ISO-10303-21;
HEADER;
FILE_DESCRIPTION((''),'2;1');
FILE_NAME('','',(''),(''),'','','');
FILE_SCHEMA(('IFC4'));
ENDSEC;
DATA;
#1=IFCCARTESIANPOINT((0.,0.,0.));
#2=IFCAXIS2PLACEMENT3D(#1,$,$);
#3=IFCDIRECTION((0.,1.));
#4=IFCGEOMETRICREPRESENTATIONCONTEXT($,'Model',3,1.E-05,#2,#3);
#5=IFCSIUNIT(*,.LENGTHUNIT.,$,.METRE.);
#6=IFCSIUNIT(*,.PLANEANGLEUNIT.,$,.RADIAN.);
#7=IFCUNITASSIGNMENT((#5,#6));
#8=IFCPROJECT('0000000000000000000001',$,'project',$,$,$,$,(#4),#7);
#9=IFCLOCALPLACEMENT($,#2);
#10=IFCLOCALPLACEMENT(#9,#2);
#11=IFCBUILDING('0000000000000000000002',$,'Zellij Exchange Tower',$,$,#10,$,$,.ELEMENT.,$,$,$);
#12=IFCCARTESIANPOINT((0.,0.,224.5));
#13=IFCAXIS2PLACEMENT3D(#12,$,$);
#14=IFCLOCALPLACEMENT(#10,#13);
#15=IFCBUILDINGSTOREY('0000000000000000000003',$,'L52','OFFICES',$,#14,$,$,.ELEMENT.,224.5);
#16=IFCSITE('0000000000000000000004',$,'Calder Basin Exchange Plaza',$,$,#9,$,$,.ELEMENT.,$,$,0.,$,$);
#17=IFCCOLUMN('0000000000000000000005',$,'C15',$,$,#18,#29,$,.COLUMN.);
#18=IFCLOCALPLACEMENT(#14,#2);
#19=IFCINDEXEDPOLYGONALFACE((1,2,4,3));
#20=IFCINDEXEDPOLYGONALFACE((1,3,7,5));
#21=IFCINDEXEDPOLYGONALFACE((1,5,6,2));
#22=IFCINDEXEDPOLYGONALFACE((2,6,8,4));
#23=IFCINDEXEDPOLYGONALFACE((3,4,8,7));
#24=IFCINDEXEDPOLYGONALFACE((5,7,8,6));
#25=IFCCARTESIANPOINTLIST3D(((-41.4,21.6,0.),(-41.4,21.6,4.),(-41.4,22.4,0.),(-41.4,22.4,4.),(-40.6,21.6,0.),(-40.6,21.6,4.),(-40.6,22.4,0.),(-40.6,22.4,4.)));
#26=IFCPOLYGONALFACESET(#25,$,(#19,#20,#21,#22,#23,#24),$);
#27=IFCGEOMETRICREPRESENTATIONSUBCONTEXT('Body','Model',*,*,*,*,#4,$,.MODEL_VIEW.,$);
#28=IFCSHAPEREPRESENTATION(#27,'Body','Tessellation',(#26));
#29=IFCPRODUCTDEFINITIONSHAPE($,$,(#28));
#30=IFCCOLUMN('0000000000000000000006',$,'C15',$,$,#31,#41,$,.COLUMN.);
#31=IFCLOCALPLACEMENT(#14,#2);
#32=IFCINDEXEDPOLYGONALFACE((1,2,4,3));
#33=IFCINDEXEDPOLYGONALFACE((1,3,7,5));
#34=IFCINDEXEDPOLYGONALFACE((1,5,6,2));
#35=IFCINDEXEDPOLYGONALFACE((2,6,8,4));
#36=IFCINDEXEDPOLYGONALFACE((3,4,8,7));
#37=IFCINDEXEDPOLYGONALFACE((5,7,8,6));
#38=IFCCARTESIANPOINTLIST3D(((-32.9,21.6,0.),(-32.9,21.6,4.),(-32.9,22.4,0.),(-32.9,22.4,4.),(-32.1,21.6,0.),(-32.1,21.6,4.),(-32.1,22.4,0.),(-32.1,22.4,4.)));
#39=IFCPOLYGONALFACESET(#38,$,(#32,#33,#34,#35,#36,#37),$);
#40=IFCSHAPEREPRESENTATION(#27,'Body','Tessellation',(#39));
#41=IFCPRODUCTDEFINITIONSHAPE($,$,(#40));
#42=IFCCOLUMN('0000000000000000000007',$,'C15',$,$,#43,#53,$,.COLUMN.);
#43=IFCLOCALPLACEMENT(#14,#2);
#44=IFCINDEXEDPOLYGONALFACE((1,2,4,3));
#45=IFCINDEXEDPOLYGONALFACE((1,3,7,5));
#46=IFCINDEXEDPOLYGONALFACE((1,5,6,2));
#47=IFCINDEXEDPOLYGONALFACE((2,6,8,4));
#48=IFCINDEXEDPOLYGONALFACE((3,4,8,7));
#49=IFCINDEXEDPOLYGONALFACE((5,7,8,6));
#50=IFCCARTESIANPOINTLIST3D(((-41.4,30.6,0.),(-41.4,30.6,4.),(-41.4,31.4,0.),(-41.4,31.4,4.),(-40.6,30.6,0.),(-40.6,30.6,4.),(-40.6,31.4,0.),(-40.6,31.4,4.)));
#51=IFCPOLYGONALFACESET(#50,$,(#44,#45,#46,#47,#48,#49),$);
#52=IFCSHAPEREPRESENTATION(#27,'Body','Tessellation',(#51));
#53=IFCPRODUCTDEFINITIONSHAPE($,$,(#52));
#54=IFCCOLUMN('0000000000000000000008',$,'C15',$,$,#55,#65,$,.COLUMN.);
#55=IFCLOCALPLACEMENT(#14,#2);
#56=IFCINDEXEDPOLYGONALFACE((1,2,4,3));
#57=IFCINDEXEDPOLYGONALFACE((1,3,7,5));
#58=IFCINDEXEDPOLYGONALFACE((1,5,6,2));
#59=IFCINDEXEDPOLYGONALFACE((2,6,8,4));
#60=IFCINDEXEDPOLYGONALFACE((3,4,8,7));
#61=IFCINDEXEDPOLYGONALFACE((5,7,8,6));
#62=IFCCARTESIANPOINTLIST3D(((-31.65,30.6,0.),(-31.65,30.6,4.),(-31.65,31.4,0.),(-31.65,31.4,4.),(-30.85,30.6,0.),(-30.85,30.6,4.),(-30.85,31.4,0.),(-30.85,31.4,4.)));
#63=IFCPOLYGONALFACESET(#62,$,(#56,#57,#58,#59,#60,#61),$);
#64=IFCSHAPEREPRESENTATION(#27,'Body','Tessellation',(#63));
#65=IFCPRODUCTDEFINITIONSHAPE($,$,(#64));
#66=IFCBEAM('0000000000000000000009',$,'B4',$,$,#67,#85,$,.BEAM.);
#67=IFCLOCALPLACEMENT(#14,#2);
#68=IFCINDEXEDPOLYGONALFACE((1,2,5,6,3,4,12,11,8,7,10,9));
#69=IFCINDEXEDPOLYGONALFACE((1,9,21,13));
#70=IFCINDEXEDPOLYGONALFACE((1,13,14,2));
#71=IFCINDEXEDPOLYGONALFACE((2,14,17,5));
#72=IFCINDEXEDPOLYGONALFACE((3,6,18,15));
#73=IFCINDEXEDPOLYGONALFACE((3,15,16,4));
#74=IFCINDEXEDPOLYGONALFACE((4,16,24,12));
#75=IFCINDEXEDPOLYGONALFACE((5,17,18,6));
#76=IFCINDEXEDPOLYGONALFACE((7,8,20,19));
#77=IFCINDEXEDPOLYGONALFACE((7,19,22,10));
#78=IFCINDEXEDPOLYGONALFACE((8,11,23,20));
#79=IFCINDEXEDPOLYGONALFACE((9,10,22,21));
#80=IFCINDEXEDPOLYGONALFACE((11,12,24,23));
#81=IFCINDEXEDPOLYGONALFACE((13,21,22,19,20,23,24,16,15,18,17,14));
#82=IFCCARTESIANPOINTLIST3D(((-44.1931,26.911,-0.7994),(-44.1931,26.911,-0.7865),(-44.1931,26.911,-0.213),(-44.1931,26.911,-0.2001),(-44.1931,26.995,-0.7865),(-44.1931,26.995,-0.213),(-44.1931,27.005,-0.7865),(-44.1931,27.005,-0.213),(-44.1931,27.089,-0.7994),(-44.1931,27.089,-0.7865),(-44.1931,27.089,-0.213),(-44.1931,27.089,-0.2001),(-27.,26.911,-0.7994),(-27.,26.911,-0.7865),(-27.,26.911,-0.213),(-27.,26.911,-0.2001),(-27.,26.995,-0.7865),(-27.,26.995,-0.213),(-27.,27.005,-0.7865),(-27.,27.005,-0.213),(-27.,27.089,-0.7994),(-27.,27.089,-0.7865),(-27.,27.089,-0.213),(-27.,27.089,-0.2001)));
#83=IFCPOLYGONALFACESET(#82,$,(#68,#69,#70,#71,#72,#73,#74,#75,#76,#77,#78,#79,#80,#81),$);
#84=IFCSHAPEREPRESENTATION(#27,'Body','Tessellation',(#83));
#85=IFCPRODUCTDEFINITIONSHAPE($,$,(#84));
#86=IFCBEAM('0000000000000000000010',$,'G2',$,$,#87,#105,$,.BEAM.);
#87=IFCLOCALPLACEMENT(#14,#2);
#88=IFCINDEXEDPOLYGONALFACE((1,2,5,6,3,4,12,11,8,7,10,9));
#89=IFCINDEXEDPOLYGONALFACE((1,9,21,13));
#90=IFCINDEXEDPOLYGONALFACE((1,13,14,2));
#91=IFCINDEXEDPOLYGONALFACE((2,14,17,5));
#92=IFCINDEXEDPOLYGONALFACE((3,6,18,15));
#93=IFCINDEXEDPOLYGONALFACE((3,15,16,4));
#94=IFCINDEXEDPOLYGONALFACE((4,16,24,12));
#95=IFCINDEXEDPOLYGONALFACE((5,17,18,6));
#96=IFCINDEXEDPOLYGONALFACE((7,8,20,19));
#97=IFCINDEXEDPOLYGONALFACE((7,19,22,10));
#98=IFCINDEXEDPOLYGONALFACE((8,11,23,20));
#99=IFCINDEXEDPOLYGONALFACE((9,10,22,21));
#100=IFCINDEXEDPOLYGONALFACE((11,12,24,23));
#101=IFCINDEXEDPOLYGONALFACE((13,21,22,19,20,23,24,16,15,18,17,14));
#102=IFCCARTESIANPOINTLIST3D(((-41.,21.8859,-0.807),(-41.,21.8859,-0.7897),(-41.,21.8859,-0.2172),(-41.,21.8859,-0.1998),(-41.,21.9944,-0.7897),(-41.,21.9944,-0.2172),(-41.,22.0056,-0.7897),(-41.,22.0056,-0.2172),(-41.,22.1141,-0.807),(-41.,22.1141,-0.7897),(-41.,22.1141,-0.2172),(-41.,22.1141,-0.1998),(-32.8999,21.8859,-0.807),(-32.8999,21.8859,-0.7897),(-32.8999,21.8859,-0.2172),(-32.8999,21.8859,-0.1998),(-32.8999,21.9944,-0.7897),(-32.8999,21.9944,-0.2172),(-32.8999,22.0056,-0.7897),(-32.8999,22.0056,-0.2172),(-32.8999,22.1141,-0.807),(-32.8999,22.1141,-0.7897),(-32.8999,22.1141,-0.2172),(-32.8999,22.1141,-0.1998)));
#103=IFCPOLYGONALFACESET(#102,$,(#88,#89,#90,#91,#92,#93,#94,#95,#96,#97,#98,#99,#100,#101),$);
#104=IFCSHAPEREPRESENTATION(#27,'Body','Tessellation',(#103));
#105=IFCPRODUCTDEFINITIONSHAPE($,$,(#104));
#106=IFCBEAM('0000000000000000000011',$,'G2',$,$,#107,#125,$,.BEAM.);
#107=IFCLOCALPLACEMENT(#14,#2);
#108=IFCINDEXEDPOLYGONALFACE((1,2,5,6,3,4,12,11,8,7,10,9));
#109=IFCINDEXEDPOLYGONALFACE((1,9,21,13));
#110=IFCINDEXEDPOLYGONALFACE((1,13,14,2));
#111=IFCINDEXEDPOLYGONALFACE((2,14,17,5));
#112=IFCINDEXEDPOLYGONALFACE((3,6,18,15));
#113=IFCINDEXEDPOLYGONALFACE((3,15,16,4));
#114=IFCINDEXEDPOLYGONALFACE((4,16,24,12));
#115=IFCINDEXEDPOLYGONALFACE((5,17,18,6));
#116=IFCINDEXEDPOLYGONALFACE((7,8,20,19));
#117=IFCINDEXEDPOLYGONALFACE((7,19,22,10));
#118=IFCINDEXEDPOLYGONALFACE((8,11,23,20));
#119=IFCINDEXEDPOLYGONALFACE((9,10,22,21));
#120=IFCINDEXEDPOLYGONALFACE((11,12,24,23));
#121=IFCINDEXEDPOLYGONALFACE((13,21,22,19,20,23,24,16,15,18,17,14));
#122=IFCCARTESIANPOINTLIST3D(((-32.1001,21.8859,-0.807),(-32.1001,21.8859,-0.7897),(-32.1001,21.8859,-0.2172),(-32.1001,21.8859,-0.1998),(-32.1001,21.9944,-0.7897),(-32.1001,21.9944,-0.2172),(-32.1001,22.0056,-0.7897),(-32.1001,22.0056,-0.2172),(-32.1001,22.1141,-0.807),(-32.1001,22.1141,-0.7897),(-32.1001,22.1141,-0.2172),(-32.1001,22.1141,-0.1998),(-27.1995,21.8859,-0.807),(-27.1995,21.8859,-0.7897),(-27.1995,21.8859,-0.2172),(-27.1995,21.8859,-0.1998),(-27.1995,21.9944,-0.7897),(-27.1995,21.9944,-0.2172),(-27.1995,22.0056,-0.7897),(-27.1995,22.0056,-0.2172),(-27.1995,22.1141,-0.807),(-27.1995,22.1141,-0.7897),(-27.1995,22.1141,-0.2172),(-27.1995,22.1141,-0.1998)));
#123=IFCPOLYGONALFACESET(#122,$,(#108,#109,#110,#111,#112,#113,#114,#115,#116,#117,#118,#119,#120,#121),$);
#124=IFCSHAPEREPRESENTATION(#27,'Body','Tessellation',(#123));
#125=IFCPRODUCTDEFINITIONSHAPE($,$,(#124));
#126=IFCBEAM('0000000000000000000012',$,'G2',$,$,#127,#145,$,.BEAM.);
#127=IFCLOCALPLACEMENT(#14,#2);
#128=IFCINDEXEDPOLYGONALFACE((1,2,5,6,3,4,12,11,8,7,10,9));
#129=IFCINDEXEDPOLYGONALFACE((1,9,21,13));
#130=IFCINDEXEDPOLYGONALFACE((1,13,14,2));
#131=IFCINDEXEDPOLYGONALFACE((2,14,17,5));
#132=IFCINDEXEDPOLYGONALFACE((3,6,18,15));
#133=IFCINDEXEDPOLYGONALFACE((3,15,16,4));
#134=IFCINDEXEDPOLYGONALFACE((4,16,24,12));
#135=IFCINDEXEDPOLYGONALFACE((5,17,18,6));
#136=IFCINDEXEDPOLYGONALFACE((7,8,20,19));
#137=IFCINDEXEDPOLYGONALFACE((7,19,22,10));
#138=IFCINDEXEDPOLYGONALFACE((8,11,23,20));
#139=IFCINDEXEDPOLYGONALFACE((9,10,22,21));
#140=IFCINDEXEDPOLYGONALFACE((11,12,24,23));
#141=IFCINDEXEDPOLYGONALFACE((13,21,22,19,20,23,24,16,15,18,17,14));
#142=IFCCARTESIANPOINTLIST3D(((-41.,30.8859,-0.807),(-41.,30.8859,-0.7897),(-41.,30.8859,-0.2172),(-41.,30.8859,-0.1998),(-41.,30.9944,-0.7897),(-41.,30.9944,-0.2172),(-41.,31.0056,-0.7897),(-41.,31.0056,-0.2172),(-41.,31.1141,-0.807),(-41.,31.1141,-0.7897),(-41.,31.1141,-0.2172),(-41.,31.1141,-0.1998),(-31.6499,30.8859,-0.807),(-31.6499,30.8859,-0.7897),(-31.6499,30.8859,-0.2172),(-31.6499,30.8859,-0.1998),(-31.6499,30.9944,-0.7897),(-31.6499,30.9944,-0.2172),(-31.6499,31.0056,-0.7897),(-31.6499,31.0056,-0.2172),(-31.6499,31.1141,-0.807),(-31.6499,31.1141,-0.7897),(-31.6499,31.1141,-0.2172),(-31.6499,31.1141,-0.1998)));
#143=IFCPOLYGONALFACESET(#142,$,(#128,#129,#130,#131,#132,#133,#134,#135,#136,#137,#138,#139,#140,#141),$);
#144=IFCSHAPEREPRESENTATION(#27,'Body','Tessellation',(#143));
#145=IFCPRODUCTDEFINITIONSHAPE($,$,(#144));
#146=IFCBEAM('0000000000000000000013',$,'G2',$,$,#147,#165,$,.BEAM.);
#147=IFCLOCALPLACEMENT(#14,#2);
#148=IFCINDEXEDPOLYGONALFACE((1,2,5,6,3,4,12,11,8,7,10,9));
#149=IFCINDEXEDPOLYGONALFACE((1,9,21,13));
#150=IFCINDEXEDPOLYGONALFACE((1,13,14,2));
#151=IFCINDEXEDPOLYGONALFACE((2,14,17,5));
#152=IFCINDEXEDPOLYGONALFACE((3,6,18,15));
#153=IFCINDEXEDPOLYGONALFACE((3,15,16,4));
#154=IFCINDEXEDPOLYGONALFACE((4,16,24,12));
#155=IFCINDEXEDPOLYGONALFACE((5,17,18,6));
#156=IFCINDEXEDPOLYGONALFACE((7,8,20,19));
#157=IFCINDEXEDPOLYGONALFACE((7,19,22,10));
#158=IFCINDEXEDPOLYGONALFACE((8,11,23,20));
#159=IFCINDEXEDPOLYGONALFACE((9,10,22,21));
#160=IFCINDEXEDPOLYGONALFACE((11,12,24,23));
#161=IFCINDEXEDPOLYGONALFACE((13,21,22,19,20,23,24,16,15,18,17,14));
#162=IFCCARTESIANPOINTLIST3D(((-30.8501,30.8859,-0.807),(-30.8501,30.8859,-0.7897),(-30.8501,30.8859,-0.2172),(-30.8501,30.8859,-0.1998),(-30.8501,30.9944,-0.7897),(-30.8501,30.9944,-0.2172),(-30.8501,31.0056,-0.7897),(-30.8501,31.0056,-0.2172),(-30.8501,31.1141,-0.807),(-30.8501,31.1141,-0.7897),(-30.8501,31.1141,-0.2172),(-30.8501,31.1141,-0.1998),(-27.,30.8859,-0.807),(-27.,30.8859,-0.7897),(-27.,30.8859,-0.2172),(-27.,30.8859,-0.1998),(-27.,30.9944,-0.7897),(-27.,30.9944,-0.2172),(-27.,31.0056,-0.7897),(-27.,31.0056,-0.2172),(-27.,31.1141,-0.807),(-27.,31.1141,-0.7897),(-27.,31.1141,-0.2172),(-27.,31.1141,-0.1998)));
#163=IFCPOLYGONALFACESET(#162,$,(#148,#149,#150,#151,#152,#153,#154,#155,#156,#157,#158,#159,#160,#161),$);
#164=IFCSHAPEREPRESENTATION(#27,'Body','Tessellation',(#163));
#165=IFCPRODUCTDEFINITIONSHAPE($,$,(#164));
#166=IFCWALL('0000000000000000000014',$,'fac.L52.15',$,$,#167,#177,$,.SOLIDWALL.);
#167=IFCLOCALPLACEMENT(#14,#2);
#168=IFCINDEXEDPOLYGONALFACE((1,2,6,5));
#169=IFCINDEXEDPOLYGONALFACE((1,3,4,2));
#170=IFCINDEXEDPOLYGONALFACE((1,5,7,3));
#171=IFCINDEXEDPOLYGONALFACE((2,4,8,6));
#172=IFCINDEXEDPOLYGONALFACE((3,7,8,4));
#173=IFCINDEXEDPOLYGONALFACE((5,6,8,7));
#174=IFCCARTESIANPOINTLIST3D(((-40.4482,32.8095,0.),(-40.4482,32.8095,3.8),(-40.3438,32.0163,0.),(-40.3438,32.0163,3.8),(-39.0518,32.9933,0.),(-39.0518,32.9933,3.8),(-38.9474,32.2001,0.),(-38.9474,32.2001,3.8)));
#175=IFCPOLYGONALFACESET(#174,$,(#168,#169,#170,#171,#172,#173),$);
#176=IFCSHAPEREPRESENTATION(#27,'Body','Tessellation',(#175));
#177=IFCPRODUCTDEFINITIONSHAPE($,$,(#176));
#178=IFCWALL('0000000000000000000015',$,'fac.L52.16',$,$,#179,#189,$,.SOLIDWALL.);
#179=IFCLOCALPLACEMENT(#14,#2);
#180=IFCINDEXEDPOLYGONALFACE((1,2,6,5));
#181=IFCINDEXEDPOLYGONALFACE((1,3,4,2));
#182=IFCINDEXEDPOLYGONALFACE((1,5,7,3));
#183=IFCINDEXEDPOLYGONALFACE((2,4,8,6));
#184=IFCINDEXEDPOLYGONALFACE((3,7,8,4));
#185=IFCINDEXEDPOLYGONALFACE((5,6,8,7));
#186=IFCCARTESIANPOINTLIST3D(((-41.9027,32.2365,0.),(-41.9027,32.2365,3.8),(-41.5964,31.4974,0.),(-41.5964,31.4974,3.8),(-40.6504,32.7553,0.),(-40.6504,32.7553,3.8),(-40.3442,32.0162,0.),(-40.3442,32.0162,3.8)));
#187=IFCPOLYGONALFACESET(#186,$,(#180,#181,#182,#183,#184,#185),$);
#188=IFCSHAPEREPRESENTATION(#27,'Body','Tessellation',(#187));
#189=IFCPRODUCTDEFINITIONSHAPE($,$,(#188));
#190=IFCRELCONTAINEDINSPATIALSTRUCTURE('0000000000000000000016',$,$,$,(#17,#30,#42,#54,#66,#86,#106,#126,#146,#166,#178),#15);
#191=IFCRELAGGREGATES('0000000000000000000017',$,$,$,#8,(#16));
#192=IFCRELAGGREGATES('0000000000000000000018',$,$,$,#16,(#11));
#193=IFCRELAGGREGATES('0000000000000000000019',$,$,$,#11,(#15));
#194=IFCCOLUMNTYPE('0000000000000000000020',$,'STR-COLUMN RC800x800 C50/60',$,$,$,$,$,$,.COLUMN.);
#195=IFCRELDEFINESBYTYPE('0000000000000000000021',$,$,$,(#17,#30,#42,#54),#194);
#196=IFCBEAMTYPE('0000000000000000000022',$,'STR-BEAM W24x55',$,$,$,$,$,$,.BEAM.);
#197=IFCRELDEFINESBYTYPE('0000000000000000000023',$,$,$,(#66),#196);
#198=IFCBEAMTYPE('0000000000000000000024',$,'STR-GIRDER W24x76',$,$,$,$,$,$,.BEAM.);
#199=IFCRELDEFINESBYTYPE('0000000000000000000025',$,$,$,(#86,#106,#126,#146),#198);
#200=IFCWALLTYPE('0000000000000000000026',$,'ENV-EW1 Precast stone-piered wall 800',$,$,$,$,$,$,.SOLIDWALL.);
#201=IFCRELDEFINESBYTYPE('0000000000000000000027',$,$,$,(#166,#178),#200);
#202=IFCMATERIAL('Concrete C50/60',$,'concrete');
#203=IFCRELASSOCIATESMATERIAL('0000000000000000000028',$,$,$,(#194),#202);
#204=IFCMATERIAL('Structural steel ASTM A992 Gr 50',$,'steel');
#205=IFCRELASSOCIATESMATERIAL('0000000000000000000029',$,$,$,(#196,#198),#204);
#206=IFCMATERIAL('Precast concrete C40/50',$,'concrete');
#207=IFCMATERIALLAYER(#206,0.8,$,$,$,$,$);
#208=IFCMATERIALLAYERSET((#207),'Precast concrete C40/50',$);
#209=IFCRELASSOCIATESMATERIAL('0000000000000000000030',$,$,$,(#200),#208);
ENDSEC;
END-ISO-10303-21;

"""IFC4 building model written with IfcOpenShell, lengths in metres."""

from ifc_helpers import new_model, si_unit, direction, frame, frame_2d, origin, origin_2d, place, context, subcontext, project, spatial, rectangle, i_section, extrude, material, layer, layer_set, material_profile, profile_set, type_object, element, save


model = new_model("IFC4")

# Units and contexts
model_context = context("Model", 3, precision=1e-05, world=origin(), true_north=direction((0.0, 1.0)))
body_context = subcontext(model_context, "Body", "Model", "MODEL_VIEW")
ifc_project = project(units=[si_unit("LENGTHUNIT", "METRE"), si_unit("PLANEANGLEUNIT", "RADIAN")], contexts=[model_context])

# Site, building, storey
site_placement = place(None, origin())
site = spatial("IfcSite", under=ifc_project, at=site_placement, Name="Calder Basin Exchange Plaza", CompositionType="ELEMENT", RefElevation=0.0)
building_placement = place(site_placement, origin())
building = spatial("IfcBuilding", under=site, at=building_placement, Name="Zellij Exchange Tower", CompositionType="ELEMENT")
storey_placement = place(building_placement, frame((0.0, 0.0, 224.5)))
storey = spatial("IfcBuildingStorey", under=building, at=storey_placement, Name="L52", Description="OFFICES", CompositionType="ELEMENT", Elevation=224.5)

# Columns
ifc_material_1 = material(Name="Concrete C50/60", Category="concrete")
ifc_material_profile_1 = material_profile(ifc_material_1, rectangle(XDim=0.8, YDim=0.8, at=origin_2d()), Name="STR-COLUMN RC800x800 C50/60")
ifc_profile_set_1 = profile_set([ifc_material_profile_1], Name="Concrete C50/60")
column_type = type_object("IfcColumnType", Name="STR-COLUMN RC800x800 C50/60", PredefinedType="COLUMN", material=ifc_profile_set_1)
for number, where, z_axis, x_axis, name in (
    (1, (-41.0, 22.0, 0.0), (0.0, 0.0, 1.0), (1.0, 0.0, 0.0), "C15"),
    (2, (-32.5, 22.0, 0.0), (0.0, 0.0, 1.0), (1.0, 0.0, 0.0), "C15"),
    (3, (-41.0, 31.0, 0.0), (0.0, 0.0, 1.0), (1.0, 0.0, 0.0), "C15"),
    (4, (-31.25, 31.0, 0.0), (0.0, 0.0, 1.0), (1.0, 0.0, 0.0), "C15"),
):
    element("IfcColumn", number, at=place(storey_placement, frame(where, z_axis=z_axis, x_axis=x_axis)), inside=storey, type_object=column_type, Name=name, PredefinedType="COLUMN", context=body_context, shape_type="SweptSolid", body=[
        extrude(rectangle(XDim=0.8, YDim=0.8, at=origin_2d()), origin(), (0.0, 0.0, 1.0), 4.0),
    ])

# Beams
ifc_material_2 = material(Name="Structural steel ASTM A992 Gr 50", Category="steel")
ifc_material_profile_2 = material_profile(ifc_material_2, i_section(OverallWidth=0.178, OverallDepth=0.5994, WebThickness=0.01, FlangeThickness=0.0129, at=origin_2d()), Name="W24x55")
ifc_profile_set_2 = profile_set([ifc_material_profile_2], Name="Structural steel ASTM A992 Gr 50")
beam_type_1 = type_object("IfcBeamType", Name="STR-BEAM W24x55", PredefinedType="BEAM", material=ifc_profile_set_2)
beam_1_placement = place(storey_placement, frame((-44.1931, 27.0, -0.4998), z_axis=(1.0, 0.0, 0.0), x_axis=(0.0, 1.0, 0.0)))
element("IfcBeam", 5, at=beam_1_placement, inside=storey, type_object=beam_type_1, Name="B4", PredefinedType="BEAM", context=body_context, shape_type="SweptSolid", body=[
    extrude(i_section(OverallWidth=0.178, OverallDepth=0.5994, WebThickness=0.01, FlangeThickness=0.0129, at=origin_2d()), origin(), (0.0, 0.0, 1.0), 17.1931),
])
ifc_material_profile_3 = material_profile(ifc_material_2, i_section(OverallWidth=0.2283, OverallDepth=0.6072, WebThickness=0.0112, FlangeThickness=0.0173, at=origin_2d()), Name="W24x76")
ifc_profile_set_3 = profile_set([ifc_material_profile_3], Name="Structural steel ASTM A992 Gr 50")
beam_type_2 = type_object("IfcBeamType", Name="STR-GIRDER W24x76", PredefinedType="BEAM", material=ifc_profile_set_3)
beam_2_placement = place(storey_placement, frame((-41.0, 22.0, -0.5034), z_axis=(1.0, 0.0, 0.0), x_axis=(0.0, 1.0, 0.0)))
element("IfcBeam", 6, at=beam_2_placement, inside=storey, type_object=beam_type_2, Name="G2", PredefinedType="BEAM", context=body_context, shape_type="SweptSolid", body=[
    extrude(i_section(OverallWidth=0.2283, OverallDepth=0.6072, WebThickness=0.0112, FlangeThickness=0.0173, at=origin_2d()), origin(), (0.0, 0.0, 1.0), 8.1001),
])
beam_3_placement = place(storey_placement, frame((-32.1001, 22.0, -0.5034), z_axis=(1.0, 0.0, 0.0), x_axis=(0.0, 1.0, 0.0)))
element("IfcBeam", 7, at=beam_3_placement, inside=storey, type_object=beam_type_2, Name="G2", PredefinedType="BEAM", context=body_context, shape_type="SweptSolid", body=[
    extrude(i_section(OverallWidth=0.2283, OverallDepth=0.6072, WebThickness=0.0112, FlangeThickness=0.0173, at=origin_2d()), origin(), (0.0, 0.0, 1.0), 4.9006),
])
beam_4_placement = place(storey_placement, frame((-41.0, 31.0, -0.5034), z_axis=(1.0, 0.0, 0.0), x_axis=(0.0, 1.0, 0.0)))
element("IfcBeam", 8, at=beam_4_placement, inside=storey, type_object=beam_type_2, Name="G2", PredefinedType="BEAM", context=body_context, shape_type="SweptSolid", body=[
    extrude(i_section(OverallWidth=0.2283, OverallDepth=0.6072, WebThickness=0.0112, FlangeThickness=0.0173, at=origin_2d()), origin(), (0.0, 0.0, 1.0), 9.3501),
])
beam_5_placement = place(storey_placement, frame((-30.8501, 31.0, -0.5034), z_axis=(1.0, 0.0, 0.0), x_axis=(0.0, 1.0, 0.0)))
element("IfcBeam", 9, at=beam_5_placement, inside=storey, type_object=beam_type_2, Name="G2", PredefinedType="BEAM", context=body_context, shape_type="SweptSolid", body=[
    extrude(i_section(OverallWidth=0.2283, OverallDepth=0.6072, WebThickness=0.0112, FlangeThickness=0.0173, at=origin_2d()), origin(), (0.0, 0.0, 1.0), 3.8501),
])

# Walls
ifc_material_3 = material(Name="Precast concrete C40/50", Category="concrete")
ifc_layer_1 = layer(ifc_material_3, 0.8)
ifc_layer_set_1 = layer_set([ifc_layer_1], Name="Precast concrete C40/50")
wall_type_1 = type_object("IfcWallType", Name="ENV-EW1 Precast stone-piered wall 800", PredefinedType="SOLIDWALL", material=ifc_layer_set_1)
wall_1_placement = place(storey_placement, frame((-38.9998, 32.5967, 0.0), z_axis=(0.0, 0.0, 1.0), x_axis=(-0.991446, -0.130517, 0.0)))
element("IfcWall", 10, at=wall_1_placement, inside=storey, type_object=wall_type_1, Name="fac.L52.15", PredefinedType="SOLIDWALL", context=body_context, shape_type="SweptSolid", body=[
    extrude(rectangle(XDim=1.4084, YDim=0.8, at=frame_2d((0.7041, 0.0))), origin(), (0.0, 0.0, 1.0), 3.8),
])
wall_2_placement = place(storey_placement, frame((-40.4973, 32.3857, 0.0), z_axis=(0.0, 0.0, 1.0), x_axis=(-0.923848, -0.38276, 0.0)))
element("IfcWall", 11, at=wall_2_placement, inside=storey, type_object=wall_type_1, Name="fac.L52.16", PredefinedType="SOLIDWALL", context=body_context, shape_type="SweptSolid", body=[
    extrude(rectangle(XDim=1.3555, YDim=0.8, at=frame_2d((0.6777, 0.0))), origin(), (0.0, 0.0, 1.0), 3.8),
])

save(model, "model.ifc")
